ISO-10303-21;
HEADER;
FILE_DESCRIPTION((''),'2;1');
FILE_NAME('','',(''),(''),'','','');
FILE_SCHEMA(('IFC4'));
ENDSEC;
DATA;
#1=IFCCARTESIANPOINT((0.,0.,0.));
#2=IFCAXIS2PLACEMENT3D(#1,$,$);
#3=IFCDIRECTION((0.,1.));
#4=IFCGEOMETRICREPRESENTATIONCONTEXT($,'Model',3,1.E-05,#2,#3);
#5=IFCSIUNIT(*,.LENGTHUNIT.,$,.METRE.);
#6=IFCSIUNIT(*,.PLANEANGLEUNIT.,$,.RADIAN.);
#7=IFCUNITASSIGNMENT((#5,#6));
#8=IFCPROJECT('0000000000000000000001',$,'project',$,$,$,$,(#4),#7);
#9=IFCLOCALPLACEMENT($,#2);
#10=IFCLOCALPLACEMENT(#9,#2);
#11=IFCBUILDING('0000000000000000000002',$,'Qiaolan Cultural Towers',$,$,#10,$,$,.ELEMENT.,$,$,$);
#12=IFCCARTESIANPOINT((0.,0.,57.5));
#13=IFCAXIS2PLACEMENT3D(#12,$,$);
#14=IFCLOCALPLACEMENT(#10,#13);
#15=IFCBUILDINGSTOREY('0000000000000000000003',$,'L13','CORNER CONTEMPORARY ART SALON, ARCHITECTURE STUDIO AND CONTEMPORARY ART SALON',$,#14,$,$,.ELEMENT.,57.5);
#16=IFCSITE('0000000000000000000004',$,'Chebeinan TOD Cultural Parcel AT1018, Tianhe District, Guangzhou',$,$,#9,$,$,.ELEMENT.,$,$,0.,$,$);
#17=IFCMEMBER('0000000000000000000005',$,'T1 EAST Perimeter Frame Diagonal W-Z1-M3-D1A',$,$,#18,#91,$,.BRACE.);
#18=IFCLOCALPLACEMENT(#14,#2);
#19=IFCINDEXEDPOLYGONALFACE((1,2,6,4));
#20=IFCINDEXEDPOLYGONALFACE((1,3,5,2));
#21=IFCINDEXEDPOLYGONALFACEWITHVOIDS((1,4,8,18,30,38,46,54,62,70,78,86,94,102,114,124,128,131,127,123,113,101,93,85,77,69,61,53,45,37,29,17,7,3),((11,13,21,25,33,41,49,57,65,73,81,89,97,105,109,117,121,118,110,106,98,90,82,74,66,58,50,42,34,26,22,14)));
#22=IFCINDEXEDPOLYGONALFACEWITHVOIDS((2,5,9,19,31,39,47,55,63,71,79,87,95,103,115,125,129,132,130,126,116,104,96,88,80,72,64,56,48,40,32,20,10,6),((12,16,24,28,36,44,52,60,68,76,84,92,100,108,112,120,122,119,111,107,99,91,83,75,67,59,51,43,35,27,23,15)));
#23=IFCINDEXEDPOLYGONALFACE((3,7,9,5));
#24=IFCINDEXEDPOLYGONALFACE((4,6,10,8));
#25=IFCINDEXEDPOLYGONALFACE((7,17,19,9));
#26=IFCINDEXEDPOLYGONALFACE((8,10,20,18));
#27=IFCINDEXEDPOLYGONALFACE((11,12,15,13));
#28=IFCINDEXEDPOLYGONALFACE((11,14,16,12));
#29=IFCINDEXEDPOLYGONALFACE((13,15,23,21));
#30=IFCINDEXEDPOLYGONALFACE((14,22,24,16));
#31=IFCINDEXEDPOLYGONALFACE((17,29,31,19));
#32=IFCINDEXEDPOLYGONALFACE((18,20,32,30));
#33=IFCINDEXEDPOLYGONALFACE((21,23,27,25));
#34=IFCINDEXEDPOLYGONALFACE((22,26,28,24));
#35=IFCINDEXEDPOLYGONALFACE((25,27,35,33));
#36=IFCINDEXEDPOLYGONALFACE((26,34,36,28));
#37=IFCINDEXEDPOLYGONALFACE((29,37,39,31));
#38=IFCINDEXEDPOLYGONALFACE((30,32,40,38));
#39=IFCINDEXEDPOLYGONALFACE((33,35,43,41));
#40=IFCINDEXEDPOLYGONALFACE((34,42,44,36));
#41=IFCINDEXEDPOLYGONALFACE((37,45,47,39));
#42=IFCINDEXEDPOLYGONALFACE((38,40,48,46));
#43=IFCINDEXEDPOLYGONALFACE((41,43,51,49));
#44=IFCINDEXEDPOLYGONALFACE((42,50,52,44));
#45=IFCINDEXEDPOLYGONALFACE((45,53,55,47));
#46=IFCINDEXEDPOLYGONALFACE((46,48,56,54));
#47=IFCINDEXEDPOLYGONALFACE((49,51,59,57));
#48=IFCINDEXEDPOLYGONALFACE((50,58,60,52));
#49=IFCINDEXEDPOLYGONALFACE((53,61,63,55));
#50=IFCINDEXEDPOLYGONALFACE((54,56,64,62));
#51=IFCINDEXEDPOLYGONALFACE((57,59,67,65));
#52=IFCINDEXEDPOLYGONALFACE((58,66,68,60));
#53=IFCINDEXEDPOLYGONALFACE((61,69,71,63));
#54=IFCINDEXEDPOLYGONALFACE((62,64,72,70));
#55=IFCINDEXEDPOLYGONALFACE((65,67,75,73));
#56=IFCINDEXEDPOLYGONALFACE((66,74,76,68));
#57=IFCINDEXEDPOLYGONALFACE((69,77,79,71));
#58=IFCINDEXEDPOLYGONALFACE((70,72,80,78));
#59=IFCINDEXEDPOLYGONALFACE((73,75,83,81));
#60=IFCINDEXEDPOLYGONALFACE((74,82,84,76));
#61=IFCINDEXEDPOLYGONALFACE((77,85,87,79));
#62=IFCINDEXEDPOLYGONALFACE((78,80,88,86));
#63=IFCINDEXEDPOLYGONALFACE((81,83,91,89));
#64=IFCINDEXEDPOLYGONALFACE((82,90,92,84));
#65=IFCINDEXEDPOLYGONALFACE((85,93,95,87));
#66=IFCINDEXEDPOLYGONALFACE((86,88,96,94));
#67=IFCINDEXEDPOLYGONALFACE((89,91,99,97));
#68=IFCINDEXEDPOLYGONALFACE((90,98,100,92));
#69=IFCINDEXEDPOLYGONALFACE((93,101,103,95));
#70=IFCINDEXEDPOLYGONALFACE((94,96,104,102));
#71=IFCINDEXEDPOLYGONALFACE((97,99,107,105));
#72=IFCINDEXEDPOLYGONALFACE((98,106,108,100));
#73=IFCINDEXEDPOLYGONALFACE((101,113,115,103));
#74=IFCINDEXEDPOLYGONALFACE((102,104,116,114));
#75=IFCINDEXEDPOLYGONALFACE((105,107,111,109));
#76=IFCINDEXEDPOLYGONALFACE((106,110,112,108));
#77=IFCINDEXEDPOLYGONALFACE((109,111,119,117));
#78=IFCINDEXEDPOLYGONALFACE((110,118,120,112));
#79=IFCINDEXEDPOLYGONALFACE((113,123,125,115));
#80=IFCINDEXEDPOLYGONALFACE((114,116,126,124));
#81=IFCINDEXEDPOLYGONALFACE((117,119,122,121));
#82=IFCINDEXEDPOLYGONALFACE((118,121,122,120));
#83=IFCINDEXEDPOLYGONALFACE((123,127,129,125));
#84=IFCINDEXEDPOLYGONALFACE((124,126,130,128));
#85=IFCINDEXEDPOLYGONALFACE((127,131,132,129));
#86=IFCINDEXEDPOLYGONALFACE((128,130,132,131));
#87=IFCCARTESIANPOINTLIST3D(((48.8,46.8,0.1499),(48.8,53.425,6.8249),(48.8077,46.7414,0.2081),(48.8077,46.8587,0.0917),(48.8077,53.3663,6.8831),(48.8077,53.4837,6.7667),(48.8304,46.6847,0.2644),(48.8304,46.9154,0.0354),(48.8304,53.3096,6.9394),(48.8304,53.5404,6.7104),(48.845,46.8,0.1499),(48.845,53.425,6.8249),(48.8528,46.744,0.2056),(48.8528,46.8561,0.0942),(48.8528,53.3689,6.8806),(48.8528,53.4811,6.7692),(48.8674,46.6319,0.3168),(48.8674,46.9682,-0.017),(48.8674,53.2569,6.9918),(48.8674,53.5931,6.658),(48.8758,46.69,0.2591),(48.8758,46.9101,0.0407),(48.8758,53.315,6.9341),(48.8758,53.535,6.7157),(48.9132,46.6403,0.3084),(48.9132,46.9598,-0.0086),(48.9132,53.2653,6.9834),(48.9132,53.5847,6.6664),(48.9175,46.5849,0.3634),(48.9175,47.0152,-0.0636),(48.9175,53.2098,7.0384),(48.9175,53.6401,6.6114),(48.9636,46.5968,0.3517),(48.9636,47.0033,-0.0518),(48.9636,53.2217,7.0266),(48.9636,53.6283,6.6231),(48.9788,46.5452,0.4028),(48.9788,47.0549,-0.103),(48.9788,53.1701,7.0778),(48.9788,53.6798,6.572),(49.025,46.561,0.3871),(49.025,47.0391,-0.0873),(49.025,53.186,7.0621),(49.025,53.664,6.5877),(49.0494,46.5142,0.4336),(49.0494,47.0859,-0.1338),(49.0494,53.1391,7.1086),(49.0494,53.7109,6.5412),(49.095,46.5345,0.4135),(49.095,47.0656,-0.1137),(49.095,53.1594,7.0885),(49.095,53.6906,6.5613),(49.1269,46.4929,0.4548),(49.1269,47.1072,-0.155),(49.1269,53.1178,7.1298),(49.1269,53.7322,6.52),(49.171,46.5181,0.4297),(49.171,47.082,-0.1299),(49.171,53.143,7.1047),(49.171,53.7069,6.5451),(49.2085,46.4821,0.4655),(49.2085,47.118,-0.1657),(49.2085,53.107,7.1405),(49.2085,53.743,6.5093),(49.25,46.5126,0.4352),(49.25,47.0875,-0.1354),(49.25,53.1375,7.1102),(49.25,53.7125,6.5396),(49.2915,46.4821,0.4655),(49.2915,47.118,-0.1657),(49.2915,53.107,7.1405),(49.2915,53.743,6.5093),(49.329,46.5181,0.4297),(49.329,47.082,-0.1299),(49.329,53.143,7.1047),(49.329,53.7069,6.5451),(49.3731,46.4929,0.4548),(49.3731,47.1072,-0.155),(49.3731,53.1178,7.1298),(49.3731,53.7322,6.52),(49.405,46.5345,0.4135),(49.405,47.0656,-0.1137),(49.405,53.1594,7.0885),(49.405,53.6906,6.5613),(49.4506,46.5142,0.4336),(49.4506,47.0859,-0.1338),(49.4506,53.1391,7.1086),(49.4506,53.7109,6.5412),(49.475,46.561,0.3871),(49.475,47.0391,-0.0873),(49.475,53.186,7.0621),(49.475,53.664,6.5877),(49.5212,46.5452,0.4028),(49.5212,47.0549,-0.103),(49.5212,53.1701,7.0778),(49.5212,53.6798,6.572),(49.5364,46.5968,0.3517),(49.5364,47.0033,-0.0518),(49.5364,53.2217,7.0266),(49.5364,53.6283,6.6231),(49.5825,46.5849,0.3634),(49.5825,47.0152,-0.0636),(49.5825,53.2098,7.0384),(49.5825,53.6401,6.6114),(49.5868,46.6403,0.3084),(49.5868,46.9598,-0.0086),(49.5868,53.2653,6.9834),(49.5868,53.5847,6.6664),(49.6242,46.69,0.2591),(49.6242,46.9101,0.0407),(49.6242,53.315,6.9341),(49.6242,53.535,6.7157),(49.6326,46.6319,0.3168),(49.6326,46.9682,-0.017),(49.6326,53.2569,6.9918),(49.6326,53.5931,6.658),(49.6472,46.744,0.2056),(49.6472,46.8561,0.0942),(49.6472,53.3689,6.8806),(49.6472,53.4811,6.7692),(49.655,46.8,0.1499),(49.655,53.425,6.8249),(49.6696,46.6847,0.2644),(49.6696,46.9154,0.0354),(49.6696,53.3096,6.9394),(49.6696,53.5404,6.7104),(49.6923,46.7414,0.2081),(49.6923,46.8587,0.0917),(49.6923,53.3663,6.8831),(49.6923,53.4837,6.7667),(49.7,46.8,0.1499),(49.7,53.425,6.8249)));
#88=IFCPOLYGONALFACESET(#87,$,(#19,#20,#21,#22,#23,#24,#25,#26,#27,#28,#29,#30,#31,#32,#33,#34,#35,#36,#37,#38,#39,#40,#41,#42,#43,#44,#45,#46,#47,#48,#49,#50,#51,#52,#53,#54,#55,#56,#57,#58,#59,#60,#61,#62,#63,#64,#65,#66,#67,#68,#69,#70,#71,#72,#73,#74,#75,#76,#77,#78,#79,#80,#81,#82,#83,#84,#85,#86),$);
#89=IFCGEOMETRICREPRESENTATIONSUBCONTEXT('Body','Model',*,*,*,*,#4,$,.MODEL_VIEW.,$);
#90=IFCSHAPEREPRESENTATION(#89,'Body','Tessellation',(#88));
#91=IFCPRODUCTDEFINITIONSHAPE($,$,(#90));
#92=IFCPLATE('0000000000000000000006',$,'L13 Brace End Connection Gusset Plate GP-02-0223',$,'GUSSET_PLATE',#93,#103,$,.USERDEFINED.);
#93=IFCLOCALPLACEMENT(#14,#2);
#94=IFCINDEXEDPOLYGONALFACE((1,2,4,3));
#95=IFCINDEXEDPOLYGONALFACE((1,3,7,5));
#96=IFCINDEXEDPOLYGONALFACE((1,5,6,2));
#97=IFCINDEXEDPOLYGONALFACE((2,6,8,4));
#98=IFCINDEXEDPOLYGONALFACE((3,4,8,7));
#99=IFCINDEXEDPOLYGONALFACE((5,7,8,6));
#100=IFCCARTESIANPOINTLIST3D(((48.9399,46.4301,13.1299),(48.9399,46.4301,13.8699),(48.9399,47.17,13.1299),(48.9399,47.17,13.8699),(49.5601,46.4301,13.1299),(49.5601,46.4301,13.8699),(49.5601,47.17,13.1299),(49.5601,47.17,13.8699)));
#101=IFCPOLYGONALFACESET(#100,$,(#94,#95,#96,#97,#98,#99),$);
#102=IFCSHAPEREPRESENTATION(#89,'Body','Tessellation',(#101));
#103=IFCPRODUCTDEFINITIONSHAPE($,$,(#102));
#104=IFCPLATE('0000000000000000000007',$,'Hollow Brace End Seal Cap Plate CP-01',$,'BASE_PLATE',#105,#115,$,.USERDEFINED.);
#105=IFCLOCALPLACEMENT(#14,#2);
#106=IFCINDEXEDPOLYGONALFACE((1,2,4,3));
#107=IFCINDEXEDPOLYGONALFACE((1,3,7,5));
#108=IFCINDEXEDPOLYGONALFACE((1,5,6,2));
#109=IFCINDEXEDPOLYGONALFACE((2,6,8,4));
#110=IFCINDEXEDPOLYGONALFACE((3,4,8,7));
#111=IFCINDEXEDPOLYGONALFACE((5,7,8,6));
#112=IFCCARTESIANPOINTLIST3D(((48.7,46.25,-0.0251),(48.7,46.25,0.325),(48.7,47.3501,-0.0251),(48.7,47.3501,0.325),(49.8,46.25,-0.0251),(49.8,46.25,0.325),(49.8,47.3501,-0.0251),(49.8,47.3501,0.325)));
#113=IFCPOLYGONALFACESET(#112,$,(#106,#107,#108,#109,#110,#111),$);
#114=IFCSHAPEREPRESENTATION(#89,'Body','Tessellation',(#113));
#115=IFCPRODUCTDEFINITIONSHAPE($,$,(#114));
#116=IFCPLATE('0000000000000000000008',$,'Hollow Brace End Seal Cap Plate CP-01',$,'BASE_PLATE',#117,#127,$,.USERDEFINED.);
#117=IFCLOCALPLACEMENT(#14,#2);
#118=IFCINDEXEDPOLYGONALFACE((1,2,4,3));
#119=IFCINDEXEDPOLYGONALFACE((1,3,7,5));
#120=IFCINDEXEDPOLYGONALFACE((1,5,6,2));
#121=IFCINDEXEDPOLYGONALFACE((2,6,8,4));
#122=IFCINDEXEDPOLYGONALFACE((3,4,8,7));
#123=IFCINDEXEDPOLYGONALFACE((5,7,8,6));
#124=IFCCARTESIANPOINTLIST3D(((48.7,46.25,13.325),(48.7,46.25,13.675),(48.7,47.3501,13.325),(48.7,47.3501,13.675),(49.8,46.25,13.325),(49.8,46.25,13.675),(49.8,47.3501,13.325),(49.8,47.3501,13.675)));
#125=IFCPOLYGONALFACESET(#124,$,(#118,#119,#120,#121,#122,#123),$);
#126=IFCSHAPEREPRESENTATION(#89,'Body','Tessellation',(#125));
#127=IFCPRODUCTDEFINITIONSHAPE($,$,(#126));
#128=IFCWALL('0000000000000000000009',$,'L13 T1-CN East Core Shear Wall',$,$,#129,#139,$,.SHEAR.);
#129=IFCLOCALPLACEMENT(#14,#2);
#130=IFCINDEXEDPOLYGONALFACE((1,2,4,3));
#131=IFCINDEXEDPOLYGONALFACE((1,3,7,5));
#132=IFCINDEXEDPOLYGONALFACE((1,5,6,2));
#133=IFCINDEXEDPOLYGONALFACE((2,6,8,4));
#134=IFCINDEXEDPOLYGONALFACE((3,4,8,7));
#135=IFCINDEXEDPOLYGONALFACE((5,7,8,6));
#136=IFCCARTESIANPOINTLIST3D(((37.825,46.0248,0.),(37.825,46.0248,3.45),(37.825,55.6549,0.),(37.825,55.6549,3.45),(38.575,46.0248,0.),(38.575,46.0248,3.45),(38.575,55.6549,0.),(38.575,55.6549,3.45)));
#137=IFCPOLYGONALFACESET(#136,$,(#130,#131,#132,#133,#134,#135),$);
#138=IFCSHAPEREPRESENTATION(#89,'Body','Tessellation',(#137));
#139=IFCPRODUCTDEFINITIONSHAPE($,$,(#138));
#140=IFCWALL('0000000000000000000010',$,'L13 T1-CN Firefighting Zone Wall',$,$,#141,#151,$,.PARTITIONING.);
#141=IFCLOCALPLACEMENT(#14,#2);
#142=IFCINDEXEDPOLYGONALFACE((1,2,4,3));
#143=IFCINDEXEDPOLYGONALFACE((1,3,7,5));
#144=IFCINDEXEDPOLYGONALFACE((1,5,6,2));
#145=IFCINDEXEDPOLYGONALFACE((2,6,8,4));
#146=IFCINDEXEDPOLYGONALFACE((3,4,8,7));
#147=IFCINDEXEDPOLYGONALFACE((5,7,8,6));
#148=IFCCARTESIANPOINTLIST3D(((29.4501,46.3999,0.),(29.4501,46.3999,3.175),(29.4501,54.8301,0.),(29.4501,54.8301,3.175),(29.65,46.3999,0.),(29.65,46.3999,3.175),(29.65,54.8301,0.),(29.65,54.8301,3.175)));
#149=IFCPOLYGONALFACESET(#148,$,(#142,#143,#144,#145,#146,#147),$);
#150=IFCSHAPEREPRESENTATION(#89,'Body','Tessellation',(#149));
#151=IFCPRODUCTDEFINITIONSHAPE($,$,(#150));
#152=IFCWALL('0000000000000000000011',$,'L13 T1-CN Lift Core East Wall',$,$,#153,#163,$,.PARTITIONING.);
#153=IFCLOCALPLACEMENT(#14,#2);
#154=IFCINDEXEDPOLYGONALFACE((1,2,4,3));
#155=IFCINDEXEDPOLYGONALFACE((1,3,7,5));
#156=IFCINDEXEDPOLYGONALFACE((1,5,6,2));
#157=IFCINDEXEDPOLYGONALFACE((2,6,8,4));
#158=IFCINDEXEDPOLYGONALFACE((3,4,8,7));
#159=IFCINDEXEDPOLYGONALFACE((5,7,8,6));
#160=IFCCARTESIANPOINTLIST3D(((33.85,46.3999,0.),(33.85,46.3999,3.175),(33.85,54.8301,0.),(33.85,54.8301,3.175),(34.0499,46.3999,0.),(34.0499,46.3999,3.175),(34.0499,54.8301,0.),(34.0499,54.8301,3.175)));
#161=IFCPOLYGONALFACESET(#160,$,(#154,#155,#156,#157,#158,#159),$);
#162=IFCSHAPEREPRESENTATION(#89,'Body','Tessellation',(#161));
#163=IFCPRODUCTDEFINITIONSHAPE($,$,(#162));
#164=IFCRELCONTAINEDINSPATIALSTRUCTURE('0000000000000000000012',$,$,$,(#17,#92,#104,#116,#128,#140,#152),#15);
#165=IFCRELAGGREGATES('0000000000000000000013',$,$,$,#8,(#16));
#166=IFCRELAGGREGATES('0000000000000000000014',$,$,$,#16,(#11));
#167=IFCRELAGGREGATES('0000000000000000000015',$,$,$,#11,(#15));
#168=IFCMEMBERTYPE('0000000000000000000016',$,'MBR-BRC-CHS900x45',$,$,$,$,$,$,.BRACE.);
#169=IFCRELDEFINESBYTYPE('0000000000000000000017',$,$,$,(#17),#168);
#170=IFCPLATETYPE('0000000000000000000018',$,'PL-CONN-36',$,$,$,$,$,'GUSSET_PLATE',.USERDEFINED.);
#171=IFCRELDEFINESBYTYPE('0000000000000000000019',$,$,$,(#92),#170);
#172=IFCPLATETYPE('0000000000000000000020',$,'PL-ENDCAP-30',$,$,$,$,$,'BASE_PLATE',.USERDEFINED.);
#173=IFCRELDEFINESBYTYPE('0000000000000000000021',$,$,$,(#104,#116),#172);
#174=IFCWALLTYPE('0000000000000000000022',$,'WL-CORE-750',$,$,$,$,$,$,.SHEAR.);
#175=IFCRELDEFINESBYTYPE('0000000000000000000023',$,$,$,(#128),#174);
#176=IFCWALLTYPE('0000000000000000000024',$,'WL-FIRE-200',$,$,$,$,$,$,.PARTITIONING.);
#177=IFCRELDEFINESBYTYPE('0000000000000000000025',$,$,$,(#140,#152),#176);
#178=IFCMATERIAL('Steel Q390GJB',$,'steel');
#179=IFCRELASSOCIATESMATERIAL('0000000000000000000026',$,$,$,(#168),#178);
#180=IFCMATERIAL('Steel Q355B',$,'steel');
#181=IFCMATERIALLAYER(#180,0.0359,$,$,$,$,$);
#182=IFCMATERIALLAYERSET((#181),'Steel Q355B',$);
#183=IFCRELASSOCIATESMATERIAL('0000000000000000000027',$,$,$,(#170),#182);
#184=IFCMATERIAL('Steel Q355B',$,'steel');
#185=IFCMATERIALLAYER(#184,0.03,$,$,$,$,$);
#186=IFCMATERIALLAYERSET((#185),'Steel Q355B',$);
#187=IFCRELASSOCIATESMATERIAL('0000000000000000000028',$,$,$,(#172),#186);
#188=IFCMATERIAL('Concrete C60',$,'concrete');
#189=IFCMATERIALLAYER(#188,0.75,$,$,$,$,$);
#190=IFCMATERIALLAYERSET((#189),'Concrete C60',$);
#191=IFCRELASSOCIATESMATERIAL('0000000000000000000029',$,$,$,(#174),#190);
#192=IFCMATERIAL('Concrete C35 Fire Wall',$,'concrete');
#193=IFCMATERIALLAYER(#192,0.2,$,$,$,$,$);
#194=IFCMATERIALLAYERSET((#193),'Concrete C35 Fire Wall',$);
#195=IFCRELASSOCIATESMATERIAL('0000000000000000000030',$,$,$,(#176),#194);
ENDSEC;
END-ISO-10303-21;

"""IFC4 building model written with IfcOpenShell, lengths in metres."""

from ifc_helpers import new_model, si_unit, direction, frame, frame_2d, origin, origin_2d, place, context, subcontext, project, spatial, rectangle, hollow_circle, extrude, material, layer, layer_set, material_profile, profile_set, type_object, element, save


model = new_model("IFC4")

# Units and contexts
model_context = context("Model", 3, precision=1e-05, world=origin(), true_north=direction((0.0, 1.0)))
body_context = subcontext(model_context, "Body", "Model", "MODEL_VIEW")
ifc_project = project(units=[si_unit("LENGTHUNIT", "METRE"), si_unit("PLANEANGLEUNIT", "RADIAN")], contexts=[model_context])

# Site, building, storey
site_placement = place(None, origin())
site = spatial("IfcSite", under=ifc_project, at=site_placement, Name="Chebeinan TOD Cultural Parcel AT1018, Tianhe District, Guangzhou", CompositionType="ELEMENT", RefElevation=0.0)
building_placement = place(site_placement, origin())
building = spatial("IfcBuilding", under=site, at=building_placement, Name="Qiaolan Cultural Towers", CompositionType="ELEMENT")
storey_placement = place(building_placement, frame((0.0, 0.0, 57.5)))
storey = spatial("IfcBuildingStorey", under=building, at=storey_placement, Name="L13", Description="CORNER CONTEMPORARY ART SALON, ARCHITECTURE STUDIO AND CONTEMPORARY ART SALON", CompositionType="ELEMENT", Elevation=57.5)

# Member
ifc_material_1 = material(Name="Steel Q390GJB", Category="steel")
ifc_material_profile_1 = material_profile(ifc_material_1, hollow_circle(Radius=0.45, WallThickness=0.0449, at=origin_2d()), Name="CHS900x45")
ifc_profile_set_1 = profile_set([ifc_material_profile_1], Name="Steel Q390GJB")
member_type = type_object("IfcMemberType", Name="MBR-BRC-CHS900x45", PredefinedType="BRACE", material=ifc_profile_set_1)
member_placement = place(storey_placement, frame((49.25, 46.8, 0.1499), z_axis=(0.0, 0.704441, 0.709763), x_axis=(-1.0, 0.0, 0.0)))
element("IfcMember", 1, at=member_placement, inside=storey, type_object=member_type, Name="T1 EAST Perimeter Frame Diagonal W-Z1-M3-D1A", PredefinedType="BRACE", context=body_context, shape_type="SweptSolid", body=[
    extrude(hollow_circle(Radius=0.45, WallThickness=0.0449, at=origin_2d()), origin(), (0.0, 0.0, 1.0), 9.4045),
])

# Plates
ifc_material_2 = material(Name="Steel Q355B", Category="steel")
ifc_layer_1 = layer(ifc_material_2, 0.0359)
ifc_layer_set_1 = layer_set([ifc_layer_1], Name="Steel Q355B")
plate_type_1 = type_object("IfcPlateType", Name="PL-CONN-36", ElementType="GUSSET_PLATE", PredefinedType="USERDEFINED", material=ifc_layer_set_1)
plate_placement = place(storey_placement, frame((49.25, 46.8, 13.1299), z_axis=(0.0, 0.0, 1.0), x_axis=(0.0, 1.0, 0.0)))
element("IfcPlate", 2, at=plate_placement, inside=storey, type_object=plate_type_1, Name="L13 Brace End Connection Gusset Plate GP-02-0223", ObjectType="GUSSET_PLATE", PredefinedType="USERDEFINED", context=body_context, shape_type="SweptSolid", body=[
    extrude(rectangle(XDim=0.74, YDim=0.6201, at=origin_2d()), origin(), (0.0, 0.0, 1.0), 0.74),
])
ifc_material_3 = material(Name="Steel Q355B", Category="steel")
ifc_layer_2 = layer(ifc_material_3, 0.03)
ifc_layer_set_2 = layer_set([ifc_layer_2], Name="Steel Q355B")
plate_type_2 = type_object("IfcPlateType", Name="PL-ENDCAP-30", ElementType="BASE_PLATE", PredefinedType="USERDEFINED", material=ifc_layer_set_2)
for number, where, z_axis, x_axis, name in (
    (3, (49.25, 46.8, -0.0251), (0.0, 0.0, 1.0), (0.0, 1.0, 0.0), "Hollow Brace End Seal Cap Plate CP-01"),
    (4, (49.25, 46.8, 13.325), (0.0, 0.0, 1.0), (0.0, 1.0, 0.0), "Hollow Brace End Seal Cap Plate CP-01"),
):
    element("IfcPlate", number, at=place(storey_placement, frame(where, z_axis=z_axis, x_axis=x_axis)), inside=storey, type_object=plate_type_2, Name=name, ObjectType="BASE_PLATE", PredefinedType="USERDEFINED", context=body_context, shape_type="SweptSolid", body=[
        extrude(rectangle(XDim=1.1001, YDim=1.1001, at=origin_2d()), origin(), (0.0, 0.0, 1.0), 0.3501),
    ])

# Walls
ifc_material_4 = material(Name="Concrete C60", Category="concrete")
ifc_layer_3 = layer(ifc_material_4, 0.75)
ifc_layer_set_3 = layer_set([ifc_layer_3], Name="Concrete C60")
wall_type_1 = type_object("IfcWallType", Name="WL-CORE-750", PredefinedType="SHEAR", material=ifc_layer_set_3)
wall_1_placement = place(storey_placement, frame((38.2, 46.0249, 0.0), z_axis=(0.0, 0.0, 1.0), x_axis=(0.0, 1.0, 0.0)))
element("IfcWall", 5, at=wall_1_placement, inside=storey, type_object=wall_type_1, Name="L13 T1-CN East Core Shear Wall", PredefinedType="SHEAR", context=body_context, shape_type="SweptSolid", body=[
    extrude(rectangle(XDim=9.6301, YDim=0.75, at=frame_2d((4.8149, 0.0))), origin(), (0.0, 0.0, 1.0), 3.45),
])
ifc_material_5 = material(Name="Concrete C35 Fire Wall", Category="concrete")
ifc_layer_4 = layer(ifc_material_5, 0.2)
ifc_layer_set_4 = layer_set([ifc_layer_4], Name="Concrete C35 Fire Wall")
wall_type_2 = type_object("IfcWallType", Name="WL-FIRE-200", PredefinedType="PARTITIONING", material=ifc_layer_set_4)
for number, where, z_axis, x_axis, name in (
    (6, (29.55, 46.3999, 0.0), (0.0, 0.0, 1.0), (0.0, 1.0, 0.0), "L13 T1-CN Firefighting Zone Wall"),
    (7, (33.95, 46.3999, 0.0), (0.0, 0.0, 1.0), (0.0, 1.0, 0.0), "L13 T1-CN Lift Core East Wall"),
):
    element("IfcWall", number, at=place(storey_placement, frame(where, z_axis=z_axis, x_axis=x_axis)), inside=storey, type_object=wall_type_2, Name=name, PredefinedType="PARTITIONING", context=body_context, shape_type="SweptSolid", body=[
        extrude(rectangle(XDim=8.4302, YDim=0.2, at=frame_2d((4.2151, 0.0))), origin(), (0.0, 0.0, 1.0), 3.175),
    ])

save(model, "model.ifc")
